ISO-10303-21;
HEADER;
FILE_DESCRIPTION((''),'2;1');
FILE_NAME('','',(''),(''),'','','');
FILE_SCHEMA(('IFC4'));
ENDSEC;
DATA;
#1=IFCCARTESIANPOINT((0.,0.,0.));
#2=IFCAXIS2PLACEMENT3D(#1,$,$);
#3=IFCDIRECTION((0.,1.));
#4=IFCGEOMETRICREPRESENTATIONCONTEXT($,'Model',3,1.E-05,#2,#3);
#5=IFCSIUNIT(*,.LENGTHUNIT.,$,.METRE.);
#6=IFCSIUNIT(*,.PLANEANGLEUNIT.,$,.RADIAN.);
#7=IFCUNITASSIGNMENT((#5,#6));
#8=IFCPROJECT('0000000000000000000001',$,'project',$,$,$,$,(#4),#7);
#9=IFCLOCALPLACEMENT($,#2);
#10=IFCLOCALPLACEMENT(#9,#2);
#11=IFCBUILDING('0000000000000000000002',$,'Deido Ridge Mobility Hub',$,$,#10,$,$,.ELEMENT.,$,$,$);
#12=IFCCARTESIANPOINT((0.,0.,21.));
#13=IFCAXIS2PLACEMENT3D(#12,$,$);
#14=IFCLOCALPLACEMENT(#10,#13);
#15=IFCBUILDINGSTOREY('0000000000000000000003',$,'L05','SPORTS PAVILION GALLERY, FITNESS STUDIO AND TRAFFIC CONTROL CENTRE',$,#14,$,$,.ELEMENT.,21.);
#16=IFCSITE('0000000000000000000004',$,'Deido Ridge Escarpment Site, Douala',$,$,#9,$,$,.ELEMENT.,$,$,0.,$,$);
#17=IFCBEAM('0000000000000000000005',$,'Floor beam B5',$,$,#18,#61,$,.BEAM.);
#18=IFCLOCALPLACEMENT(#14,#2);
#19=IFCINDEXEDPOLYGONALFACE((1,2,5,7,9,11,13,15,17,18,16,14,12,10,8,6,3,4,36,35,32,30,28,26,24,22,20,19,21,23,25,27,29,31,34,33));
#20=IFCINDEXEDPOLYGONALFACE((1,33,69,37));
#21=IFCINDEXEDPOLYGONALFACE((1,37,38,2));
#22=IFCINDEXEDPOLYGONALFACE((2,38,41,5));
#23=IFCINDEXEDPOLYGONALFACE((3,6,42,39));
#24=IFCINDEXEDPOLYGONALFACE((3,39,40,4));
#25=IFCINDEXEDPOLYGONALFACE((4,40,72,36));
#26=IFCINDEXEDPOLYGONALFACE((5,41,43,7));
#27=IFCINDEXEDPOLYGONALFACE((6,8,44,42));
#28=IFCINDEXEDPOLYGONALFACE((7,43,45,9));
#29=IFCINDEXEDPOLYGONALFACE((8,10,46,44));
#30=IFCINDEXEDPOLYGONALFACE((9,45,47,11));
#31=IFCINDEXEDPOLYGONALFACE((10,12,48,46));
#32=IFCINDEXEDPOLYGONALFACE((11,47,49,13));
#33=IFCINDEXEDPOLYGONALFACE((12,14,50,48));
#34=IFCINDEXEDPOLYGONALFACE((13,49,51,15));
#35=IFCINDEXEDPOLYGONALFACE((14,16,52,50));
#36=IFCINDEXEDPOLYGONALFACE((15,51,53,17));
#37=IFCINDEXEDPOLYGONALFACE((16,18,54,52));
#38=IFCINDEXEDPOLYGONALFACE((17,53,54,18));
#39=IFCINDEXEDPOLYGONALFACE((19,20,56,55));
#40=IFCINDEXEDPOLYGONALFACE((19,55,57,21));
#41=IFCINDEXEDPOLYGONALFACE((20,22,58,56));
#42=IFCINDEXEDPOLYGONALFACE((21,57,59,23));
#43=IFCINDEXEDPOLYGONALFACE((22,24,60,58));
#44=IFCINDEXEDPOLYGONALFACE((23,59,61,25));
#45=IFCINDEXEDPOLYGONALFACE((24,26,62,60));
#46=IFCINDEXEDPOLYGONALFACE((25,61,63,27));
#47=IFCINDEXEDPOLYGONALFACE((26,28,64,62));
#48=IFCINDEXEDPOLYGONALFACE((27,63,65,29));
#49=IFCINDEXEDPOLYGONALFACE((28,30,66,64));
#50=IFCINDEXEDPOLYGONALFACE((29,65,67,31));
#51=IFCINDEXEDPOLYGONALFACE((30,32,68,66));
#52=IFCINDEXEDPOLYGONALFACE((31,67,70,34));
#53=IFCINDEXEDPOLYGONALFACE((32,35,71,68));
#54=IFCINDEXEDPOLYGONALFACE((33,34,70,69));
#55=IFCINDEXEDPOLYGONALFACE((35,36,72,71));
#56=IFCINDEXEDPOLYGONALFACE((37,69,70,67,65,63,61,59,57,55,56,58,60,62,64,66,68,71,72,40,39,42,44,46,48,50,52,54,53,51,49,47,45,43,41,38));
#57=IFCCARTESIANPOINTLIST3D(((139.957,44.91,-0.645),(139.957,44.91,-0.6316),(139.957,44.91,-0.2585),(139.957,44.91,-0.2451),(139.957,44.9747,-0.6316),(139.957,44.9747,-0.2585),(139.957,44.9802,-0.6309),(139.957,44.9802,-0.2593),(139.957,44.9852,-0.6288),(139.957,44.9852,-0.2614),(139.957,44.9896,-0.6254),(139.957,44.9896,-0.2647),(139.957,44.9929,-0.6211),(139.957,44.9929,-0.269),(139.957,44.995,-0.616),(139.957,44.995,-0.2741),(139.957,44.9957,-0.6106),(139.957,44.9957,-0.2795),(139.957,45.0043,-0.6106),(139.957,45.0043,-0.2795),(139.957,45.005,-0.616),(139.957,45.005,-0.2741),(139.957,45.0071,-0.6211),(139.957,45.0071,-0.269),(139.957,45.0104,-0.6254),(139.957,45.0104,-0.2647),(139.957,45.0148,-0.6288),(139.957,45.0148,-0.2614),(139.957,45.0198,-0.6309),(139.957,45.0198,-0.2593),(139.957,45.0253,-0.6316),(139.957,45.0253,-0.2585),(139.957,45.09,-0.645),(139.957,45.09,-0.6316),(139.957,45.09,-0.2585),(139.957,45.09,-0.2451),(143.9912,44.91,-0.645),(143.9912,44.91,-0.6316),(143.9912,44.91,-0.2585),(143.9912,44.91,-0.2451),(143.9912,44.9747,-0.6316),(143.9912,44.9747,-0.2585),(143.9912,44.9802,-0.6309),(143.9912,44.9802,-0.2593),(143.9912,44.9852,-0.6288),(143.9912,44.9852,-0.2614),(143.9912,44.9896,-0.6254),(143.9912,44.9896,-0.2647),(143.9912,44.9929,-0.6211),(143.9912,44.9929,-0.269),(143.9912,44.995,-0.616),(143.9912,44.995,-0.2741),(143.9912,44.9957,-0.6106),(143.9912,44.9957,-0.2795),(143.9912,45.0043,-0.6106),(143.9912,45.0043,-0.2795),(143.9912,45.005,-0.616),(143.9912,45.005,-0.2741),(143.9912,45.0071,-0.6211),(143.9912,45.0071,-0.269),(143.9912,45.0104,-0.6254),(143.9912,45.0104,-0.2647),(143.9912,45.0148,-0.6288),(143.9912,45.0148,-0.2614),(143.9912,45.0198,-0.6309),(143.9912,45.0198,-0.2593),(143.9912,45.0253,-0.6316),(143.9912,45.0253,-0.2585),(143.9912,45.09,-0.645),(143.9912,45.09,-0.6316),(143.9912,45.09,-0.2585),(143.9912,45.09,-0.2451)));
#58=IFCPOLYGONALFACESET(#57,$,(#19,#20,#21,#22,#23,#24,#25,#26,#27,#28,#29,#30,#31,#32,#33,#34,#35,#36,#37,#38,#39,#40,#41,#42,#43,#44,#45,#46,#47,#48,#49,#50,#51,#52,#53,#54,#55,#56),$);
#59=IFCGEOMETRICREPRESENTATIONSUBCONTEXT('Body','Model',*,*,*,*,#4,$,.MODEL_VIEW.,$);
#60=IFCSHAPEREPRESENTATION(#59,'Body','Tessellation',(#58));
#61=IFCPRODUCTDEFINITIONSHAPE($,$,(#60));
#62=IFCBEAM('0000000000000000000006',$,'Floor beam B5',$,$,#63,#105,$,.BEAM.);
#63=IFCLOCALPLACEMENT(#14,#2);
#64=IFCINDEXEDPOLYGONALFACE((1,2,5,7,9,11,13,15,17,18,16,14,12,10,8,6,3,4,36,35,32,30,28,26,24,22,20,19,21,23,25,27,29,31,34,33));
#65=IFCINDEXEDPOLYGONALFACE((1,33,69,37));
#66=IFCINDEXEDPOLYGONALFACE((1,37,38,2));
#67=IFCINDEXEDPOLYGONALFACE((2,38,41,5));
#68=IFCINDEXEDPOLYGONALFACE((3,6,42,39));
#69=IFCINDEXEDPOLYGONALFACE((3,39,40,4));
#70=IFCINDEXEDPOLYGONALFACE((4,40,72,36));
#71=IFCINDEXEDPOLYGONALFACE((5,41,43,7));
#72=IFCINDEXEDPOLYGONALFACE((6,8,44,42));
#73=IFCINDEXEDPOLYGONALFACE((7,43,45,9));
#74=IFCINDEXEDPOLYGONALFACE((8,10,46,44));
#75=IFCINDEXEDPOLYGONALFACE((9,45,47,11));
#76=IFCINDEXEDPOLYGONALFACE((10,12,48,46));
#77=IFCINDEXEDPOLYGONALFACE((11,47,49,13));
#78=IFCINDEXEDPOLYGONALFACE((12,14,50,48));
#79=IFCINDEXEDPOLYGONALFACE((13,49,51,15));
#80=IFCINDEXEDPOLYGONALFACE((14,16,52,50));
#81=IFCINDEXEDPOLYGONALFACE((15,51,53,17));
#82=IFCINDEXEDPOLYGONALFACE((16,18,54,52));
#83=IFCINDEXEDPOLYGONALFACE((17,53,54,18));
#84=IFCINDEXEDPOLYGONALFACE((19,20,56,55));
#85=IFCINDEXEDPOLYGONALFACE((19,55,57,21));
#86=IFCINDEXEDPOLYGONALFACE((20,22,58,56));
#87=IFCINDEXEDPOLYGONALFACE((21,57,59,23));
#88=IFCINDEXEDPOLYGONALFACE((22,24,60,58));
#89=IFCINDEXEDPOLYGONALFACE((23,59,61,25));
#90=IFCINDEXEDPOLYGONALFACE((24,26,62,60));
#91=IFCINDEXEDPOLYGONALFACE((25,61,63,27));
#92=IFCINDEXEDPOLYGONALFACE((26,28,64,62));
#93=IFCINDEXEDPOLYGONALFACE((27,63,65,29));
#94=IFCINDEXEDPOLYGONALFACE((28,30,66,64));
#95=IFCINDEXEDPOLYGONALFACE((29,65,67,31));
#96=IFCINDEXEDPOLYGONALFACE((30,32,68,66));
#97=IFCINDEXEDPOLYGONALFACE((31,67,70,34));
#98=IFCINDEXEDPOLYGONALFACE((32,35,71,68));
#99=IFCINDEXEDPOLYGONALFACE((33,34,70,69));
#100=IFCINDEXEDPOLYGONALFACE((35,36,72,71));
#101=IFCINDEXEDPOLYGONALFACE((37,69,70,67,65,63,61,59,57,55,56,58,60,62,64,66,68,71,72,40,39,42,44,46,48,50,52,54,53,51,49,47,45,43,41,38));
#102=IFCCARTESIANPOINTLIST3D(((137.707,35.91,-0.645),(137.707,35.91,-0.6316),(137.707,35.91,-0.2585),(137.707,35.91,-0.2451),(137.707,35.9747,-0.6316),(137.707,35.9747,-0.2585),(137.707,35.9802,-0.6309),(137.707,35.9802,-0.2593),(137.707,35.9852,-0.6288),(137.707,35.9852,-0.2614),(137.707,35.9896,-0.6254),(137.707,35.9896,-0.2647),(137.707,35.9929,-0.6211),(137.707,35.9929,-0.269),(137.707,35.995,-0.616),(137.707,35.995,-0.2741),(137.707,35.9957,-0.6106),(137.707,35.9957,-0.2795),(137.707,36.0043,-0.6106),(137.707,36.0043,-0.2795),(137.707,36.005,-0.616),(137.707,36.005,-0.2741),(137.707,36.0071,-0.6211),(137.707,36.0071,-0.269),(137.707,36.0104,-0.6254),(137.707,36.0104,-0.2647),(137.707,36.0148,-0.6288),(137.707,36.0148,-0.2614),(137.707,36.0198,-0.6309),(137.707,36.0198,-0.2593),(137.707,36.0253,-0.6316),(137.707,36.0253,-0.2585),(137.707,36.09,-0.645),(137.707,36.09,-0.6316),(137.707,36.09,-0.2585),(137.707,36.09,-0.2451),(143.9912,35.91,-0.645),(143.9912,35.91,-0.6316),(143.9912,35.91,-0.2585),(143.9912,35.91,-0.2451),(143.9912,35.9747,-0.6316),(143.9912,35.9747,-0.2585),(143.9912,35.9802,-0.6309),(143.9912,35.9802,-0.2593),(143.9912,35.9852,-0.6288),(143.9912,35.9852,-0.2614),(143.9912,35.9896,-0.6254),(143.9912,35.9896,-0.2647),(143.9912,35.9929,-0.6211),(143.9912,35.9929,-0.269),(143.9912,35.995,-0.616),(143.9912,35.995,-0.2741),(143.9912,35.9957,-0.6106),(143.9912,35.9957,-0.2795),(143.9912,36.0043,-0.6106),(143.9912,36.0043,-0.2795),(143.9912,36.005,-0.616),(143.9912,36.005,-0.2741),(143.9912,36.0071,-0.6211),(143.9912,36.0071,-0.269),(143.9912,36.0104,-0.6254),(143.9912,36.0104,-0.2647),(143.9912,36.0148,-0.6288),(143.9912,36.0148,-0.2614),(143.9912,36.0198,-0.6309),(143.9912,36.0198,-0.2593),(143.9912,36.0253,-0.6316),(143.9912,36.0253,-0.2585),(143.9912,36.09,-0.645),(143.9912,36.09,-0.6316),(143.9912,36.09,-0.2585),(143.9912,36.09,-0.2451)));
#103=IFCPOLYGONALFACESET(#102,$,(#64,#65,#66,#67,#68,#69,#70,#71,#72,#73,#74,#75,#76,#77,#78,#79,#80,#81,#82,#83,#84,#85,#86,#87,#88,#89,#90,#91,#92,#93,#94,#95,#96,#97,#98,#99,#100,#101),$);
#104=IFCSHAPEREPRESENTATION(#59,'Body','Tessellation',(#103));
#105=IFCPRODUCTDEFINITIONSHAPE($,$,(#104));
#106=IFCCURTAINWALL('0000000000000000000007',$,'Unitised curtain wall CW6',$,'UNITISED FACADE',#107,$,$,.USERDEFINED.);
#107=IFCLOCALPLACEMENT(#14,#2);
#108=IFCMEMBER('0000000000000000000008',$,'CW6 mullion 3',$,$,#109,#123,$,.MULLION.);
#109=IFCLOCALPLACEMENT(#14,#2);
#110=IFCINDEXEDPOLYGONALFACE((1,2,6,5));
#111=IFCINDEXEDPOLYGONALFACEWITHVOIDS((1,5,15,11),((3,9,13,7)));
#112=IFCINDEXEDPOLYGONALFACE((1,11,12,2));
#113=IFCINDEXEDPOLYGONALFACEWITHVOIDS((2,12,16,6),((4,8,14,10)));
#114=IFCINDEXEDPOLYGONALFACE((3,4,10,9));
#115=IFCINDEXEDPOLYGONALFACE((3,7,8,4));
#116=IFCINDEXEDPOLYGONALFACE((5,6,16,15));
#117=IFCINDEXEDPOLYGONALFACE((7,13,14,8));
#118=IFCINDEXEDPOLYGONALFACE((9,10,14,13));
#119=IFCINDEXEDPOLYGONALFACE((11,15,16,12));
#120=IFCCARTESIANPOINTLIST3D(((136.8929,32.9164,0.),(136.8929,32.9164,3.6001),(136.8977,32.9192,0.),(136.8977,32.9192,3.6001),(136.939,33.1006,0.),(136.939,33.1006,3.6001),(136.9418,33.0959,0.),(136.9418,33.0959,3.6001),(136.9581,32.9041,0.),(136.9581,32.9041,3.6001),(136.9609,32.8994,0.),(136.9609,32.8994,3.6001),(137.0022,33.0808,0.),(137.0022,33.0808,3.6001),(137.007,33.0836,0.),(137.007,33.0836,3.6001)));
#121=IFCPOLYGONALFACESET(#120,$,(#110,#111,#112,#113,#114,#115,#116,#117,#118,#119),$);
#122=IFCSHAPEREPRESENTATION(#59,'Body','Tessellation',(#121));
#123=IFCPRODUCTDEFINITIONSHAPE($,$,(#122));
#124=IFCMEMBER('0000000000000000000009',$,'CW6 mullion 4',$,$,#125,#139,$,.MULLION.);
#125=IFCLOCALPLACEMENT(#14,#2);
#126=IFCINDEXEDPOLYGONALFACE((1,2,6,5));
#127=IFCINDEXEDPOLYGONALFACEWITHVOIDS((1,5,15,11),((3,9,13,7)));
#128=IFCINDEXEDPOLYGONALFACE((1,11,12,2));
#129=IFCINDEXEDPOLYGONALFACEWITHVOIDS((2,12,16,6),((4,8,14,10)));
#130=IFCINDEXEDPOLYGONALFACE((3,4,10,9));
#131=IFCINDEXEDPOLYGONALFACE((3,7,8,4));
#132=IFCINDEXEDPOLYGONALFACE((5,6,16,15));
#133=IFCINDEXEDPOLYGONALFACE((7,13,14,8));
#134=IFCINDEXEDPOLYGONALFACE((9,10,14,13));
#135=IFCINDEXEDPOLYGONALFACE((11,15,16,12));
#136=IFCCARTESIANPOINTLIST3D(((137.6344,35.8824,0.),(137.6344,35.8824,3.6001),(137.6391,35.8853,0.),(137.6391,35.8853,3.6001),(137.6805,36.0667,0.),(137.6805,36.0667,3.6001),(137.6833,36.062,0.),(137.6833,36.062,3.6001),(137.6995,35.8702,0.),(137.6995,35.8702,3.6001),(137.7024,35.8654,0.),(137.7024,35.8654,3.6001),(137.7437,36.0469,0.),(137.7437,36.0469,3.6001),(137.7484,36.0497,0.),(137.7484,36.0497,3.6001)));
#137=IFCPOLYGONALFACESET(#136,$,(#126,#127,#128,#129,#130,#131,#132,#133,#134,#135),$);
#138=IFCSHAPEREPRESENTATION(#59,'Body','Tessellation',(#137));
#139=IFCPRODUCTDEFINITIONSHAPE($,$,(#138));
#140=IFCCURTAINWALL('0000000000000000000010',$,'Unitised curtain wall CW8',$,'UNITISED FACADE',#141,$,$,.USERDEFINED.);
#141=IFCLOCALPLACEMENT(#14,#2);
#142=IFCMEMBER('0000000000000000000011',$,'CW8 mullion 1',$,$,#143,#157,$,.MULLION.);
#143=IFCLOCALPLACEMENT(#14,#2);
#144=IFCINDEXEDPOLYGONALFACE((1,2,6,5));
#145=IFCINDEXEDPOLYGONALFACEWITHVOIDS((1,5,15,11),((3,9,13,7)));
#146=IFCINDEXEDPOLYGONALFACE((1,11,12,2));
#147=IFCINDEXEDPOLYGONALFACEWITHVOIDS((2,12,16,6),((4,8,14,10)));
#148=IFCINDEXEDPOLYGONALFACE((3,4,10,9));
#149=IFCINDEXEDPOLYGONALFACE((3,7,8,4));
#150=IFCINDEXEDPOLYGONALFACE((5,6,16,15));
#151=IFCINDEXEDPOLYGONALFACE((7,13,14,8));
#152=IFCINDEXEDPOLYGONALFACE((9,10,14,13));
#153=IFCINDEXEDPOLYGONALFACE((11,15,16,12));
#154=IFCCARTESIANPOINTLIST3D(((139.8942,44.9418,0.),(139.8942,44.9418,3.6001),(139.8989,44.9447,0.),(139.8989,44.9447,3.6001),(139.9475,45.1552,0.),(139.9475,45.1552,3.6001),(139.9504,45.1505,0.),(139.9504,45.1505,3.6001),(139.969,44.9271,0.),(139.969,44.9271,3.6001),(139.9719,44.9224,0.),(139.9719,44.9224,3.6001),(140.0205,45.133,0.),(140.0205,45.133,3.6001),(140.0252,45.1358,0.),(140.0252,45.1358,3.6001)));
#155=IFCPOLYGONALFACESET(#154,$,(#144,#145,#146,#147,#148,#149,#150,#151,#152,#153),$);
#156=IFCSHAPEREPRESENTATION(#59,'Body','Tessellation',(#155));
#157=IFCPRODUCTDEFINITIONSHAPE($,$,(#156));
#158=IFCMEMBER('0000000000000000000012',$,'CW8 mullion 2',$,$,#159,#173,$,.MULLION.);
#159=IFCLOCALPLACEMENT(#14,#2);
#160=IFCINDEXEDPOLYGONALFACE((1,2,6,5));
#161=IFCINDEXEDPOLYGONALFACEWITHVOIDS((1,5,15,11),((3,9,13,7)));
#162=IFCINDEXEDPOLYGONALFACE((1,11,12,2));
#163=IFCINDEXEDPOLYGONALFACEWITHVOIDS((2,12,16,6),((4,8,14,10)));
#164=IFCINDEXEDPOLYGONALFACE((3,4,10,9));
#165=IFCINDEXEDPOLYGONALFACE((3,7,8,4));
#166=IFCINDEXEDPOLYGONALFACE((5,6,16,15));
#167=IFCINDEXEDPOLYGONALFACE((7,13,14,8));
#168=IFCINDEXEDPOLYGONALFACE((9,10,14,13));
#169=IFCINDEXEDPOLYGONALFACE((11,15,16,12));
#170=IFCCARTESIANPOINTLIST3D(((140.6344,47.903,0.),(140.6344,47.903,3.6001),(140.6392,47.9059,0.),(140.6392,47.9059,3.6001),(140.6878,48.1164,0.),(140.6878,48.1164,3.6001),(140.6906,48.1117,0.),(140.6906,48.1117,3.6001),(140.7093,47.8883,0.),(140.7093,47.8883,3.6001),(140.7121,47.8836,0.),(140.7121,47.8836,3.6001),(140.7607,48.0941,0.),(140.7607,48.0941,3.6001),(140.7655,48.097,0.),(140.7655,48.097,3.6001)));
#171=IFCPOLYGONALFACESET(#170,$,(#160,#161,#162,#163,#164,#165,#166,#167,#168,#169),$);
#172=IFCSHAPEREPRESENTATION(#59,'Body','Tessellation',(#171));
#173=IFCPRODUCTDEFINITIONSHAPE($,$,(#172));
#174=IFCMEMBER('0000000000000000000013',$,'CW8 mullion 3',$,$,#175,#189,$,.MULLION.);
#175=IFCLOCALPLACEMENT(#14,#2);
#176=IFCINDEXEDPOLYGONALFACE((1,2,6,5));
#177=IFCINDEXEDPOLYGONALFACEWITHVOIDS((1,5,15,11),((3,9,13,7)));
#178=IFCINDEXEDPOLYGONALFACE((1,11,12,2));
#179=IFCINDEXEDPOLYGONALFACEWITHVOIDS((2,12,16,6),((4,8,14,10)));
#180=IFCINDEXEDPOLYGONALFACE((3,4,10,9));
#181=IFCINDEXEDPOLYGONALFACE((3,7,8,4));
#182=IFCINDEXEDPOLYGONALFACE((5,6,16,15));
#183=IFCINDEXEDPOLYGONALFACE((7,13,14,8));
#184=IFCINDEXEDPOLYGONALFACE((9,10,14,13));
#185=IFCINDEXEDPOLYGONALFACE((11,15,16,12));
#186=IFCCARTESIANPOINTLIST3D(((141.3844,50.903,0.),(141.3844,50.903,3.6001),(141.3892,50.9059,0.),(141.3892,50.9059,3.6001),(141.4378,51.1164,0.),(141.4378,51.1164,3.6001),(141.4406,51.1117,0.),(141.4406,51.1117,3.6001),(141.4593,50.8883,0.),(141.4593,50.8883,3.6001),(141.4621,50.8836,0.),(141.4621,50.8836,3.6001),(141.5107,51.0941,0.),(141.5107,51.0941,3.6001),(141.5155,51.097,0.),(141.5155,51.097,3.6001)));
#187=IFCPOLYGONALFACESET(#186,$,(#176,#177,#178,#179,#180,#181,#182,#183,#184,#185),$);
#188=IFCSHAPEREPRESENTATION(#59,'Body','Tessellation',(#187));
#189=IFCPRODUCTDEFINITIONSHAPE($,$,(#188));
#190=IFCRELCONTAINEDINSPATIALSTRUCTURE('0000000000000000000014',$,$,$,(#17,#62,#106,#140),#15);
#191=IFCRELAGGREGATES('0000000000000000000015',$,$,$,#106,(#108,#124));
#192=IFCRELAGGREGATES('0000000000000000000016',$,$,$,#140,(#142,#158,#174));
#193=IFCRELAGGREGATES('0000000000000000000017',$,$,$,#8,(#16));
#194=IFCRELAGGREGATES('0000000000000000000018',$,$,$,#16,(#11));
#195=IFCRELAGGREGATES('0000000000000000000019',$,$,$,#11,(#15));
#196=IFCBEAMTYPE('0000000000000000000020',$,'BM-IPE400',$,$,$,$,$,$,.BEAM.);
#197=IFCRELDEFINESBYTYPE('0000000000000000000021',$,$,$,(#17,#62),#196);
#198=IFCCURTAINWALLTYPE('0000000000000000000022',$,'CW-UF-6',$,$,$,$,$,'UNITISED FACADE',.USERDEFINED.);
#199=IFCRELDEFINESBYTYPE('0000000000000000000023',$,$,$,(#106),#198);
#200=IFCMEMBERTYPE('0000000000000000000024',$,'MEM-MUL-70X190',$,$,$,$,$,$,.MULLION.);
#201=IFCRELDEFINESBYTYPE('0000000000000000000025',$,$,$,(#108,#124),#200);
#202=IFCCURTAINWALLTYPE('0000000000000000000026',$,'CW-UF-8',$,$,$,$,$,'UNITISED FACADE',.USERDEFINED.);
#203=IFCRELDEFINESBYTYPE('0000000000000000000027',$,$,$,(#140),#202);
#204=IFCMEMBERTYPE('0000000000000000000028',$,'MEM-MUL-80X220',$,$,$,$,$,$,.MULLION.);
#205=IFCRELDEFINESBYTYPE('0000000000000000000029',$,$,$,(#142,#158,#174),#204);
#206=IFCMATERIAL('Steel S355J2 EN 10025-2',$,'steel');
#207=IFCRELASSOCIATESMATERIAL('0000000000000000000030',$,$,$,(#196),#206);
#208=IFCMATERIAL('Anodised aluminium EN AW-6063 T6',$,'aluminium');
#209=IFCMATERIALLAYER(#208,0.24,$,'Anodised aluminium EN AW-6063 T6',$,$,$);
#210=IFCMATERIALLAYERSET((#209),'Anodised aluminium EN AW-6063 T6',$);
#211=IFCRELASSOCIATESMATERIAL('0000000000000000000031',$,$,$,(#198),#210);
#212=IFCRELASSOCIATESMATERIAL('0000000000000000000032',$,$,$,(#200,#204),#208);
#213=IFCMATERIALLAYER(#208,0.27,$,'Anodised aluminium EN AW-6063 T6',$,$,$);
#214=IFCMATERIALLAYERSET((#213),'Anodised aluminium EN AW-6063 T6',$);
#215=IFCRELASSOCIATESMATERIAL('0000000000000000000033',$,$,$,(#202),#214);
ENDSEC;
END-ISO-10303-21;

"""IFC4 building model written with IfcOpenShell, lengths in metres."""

from ifc_helpers import new_model, si_unit, direction, frame, origin, origin_2d, place, context, subcontext, project, spatial, hollow_rectangle, i_section, extrude, material, layer, layer_set, material_profile, profile_set, type_object, element, aggregate, save


model = new_model("IFC4")

# Units and contexts
model_context = context("Model", 3, precision=1e-05, world=origin(), true_north=direction((0.0, 1.0)))
body_context = subcontext(model_context, "Body", "Model", "MODEL_VIEW")
ifc_project = project(units=[si_unit("LENGTHUNIT", "METRE"), si_unit("PLANEANGLEUNIT", "RADIAN")], contexts=[model_context])

# Site, building, storey
site_placement = place(None, origin())
site = spatial("IfcSite", under=ifc_project, at=site_placement, Name="Deido Ridge Escarpment Site, Douala", CompositionType="ELEMENT", RefElevation=0.0)
building_placement = place(site_placement, origin())
building = spatial("IfcBuilding", under=site, at=building_placement, Name="Deido Ridge Mobility Hub", CompositionType="ELEMENT")
storey_placement = place(building_placement, frame((0.0, 0.0, 21.0)))
storey = spatial("IfcBuildingStorey", under=building, at=storey_placement, Name="L05", Description="SPORTS PAVILION GALLERY, FITNESS STUDIO AND TRAFFIC CONTROL CENTRE", CompositionType="ELEMENT", Elevation=21.0)

# Beams
ifc_material_1 = material(Name="Steel S355J2 EN 10025-2", Category="steel")
ifc_material_profile_1 = material_profile(ifc_material_1, i_section(OverallWidth=0.1799, OverallDepth=0.3999, WebThickness=0.0085, FlangeThickness=0.0134, FilletRadius=0.021, at=origin_2d()), Name="IPE 400")
ifc_profile_set_1 = profile_set([ifc_material_profile_1], Name="Steel S355J2 EN 10025-2")
beam_type = type_object("IfcBeamType", Name="BM-IPE400", PredefinedType="BEAM", material=ifc_profile_set_1)
beam_1_placement = place(storey_placement, frame((139.957, 45.0, -0.4451), z_axis=(1.0, 0.0, 0.0), x_axis=(0.0, 1.0, 0.0)))
element("IfcBeam", 1, at=beam_1_placement, inside=storey, type_object=beam_type, Name="Floor beam B5", PredefinedType="BEAM", context=body_context, shape_type="SweptSolid", body=[
    extrude(i_section(OverallWidth=0.1799, OverallDepth=0.3999, WebThickness=0.0085, FlangeThickness=0.0134, FilletRadius=0.021, at=origin_2d()), origin(), (0.0, 0.0, 1.0), 4.0342),
])
beam_2_placement = place(storey_placement, frame((137.707, 36.0, -0.4451), z_axis=(1.0, 0.0, 0.0), x_axis=(0.0, 1.0, 0.0)))
element("IfcBeam", 2, at=beam_2_placement, inside=storey, type_object=beam_type, Name="Floor beam B5", PredefinedType="BEAM", context=body_context, shape_type="SweptSolid", body=[
    extrude(i_section(OverallWidth=0.1799, OverallDepth=0.3999, WebThickness=0.0085, FlangeThickness=0.0134, FilletRadius=0.021, at=origin_2d()), origin(), (0.0, 0.0, 1.0), 6.2842),
])

# Curtain walls, members
ifc_material_2 = material(Name="Anodised aluminium EN AW-6063 T6", Category="aluminium")
ifc_layer_1 = layer(ifc_material_2, 0.24, Name="Anodised aluminium EN AW-6063 T6")
ifc_layer_set_1 = layer_set([ifc_layer_1], Name="Anodised aluminium EN AW-6063 T6")
curtain_wall_type_1 = type_object("IfcCurtainWallType", Name="CW-UF-6", ElementType="UNITISED FACADE", PredefinedType="USERDEFINED", material=ifc_layer_set_1)
curtain_wall_1_placement = place(storey_placement, origin())
curtain_wall_1 = element("IfcCurtainWall", 3, at=curtain_wall_1_placement, inside=storey, type_object=curtain_wall_type_1, Name="Unitised curtain wall CW6", ObjectType="UNITISED FACADE", PredefinedType="USERDEFINED")
ifc_material_profile_2 = material_profile(ifc_material_2, hollow_rectangle(XDim=0.0701, YDim=0.1899, WallThickness=0.0039, at=origin_2d()), Name="RHS 70x190x4")
ifc_profile_set_2 = profile_set([ifc_material_profile_2], Name="Anodised aluminium EN AW-6063 T6")
member_type_1 = type_object("IfcMemberType", Name="MEM-MUL-70X190", PredefinedType="MULLION", material=ifc_profile_set_2)
member_1_placement = place(storey_placement, frame((136.95, 33.0, 0.0), z_axis=(0.0, 0.0, 1.0), x_axis=(-0.970143, 0.242536, 0.0)))
member_1 = element("IfcMember", 4, at=member_1_placement, type_object=member_type_1, Name="CW6 mullion 3", PredefinedType="MULLION", context=body_context, shape_type="SweptSolid", body=[
    extrude(hollow_rectangle(XDim=0.0701, YDim=0.1899, WallThickness=0.0039, at=origin_2d()), origin(), (0.0, 0.0, 1.0), 3.6001),
])
member_2_placement = place(storey_placement, frame((137.6914, 35.9661, 0.0), z_axis=(0.0, 0.0, 1.0), x_axis=(-0.970143, 0.242536, 0.0)))
member_2 = element("IfcMember", 5, at=member_2_placement, type_object=member_type_1, Name="CW6 mullion 4", PredefinedType="MULLION", context=body_context, shape_type="SweptSolid", body=[
    extrude(hollow_rectangle(XDim=0.0701, YDim=0.1899, WallThickness=0.0039, at=origin_2d()), origin(), (0.0, 0.0, 1.0), 3.6001),
])
ifc_layer_2 = layer(ifc_material_2, 0.27, Name="Anodised aluminium EN AW-6063 T6")
ifc_layer_set_2 = layer_set([ifc_layer_2], Name="Anodised aluminium EN AW-6063 T6")
curtain_wall_type_2 = type_object("IfcCurtainWallType", Name="CW-UF-8", ElementType="UNITISED FACADE", PredefinedType="USERDEFINED", material=ifc_layer_set_2)
curtain_wall_2_placement = place(storey_placement, origin())
curtain_wall_2 = element("IfcCurtainWall", 6, at=curtain_wall_2_placement, inside=storey, type_object=curtain_wall_type_2, Name="Unitised curtain wall CW8", ObjectType="UNITISED FACADE", PredefinedType="USERDEFINED")
ifc_material_profile_3 = material_profile(ifc_material_2, hollow_rectangle(XDim=0.0801, YDim=0.22, WallThickness=0.0039, at=origin_2d()), Name="RHS 80x220x4")
ifc_profile_set_3 = profile_set([ifc_material_profile_3], Name="Anodised aluminium EN AW-6063 T6")
member_type_2 = type_object("IfcMemberType", Name="MEM-MUL-80X220", PredefinedType="MULLION", material=ifc_profile_set_3)
member_3_placement = place(storey_placement, frame((139.9597, 45.0388, 0.0), z_axis=(0.0, 0.0, 1.0), x_axis=(-0.970143, 0.242536, 0.0)))
member_3 = element("IfcMember", 7, at=member_3_placement, type_object=member_type_2, Name="CW8 mullion 1", PredefinedType="MULLION", context=body_context, shape_type="SweptSolid", body=[
    extrude(hollow_rectangle(XDim=0.0801, YDim=0.22, WallThickness=0.0039, at=origin_2d()), origin(), (0.0, 0.0, 1.0), 3.6001),
])
member_4_placement = place(storey_placement, frame((140.7, 48.0, 0.0), z_axis=(0.0, 0.0, 1.0), x_axis=(-0.970143, 0.242536, 0.0)))
member_4 = element("IfcMember", 8, at=member_4_placement, type_object=member_type_2, Name="CW8 mullion 2", PredefinedType="MULLION", context=body_context, shape_type="SweptSolid", body=[
    extrude(hollow_rectangle(XDim=0.0801, YDim=0.22, WallThickness=0.0039, at=origin_2d()), origin(), (0.0, 0.0, 1.0), 3.6001),
])
member_5_placement = place(storey_placement, frame((141.45, 51.0, 0.0), z_axis=(0.0, 0.0, 1.0), x_axis=(-0.970143, 0.242536, 0.0)))
member_5 = element("IfcMember", 9, at=member_5_placement, type_object=member_type_2, Name="CW8 mullion 3", PredefinedType="MULLION", context=body_context, shape_type="SweptSolid", body=[
    extrude(hollow_rectangle(XDim=0.0801, YDim=0.22, WallThickness=0.0039, at=origin_2d()), origin(), (0.0, 0.0, 1.0), 3.6001),
])

aggregate(curtain_wall_1, [member_1, member_2])
aggregate(curtain_wall_2, [member_3, member_4, member_5])

save(model, "model.ifc")
